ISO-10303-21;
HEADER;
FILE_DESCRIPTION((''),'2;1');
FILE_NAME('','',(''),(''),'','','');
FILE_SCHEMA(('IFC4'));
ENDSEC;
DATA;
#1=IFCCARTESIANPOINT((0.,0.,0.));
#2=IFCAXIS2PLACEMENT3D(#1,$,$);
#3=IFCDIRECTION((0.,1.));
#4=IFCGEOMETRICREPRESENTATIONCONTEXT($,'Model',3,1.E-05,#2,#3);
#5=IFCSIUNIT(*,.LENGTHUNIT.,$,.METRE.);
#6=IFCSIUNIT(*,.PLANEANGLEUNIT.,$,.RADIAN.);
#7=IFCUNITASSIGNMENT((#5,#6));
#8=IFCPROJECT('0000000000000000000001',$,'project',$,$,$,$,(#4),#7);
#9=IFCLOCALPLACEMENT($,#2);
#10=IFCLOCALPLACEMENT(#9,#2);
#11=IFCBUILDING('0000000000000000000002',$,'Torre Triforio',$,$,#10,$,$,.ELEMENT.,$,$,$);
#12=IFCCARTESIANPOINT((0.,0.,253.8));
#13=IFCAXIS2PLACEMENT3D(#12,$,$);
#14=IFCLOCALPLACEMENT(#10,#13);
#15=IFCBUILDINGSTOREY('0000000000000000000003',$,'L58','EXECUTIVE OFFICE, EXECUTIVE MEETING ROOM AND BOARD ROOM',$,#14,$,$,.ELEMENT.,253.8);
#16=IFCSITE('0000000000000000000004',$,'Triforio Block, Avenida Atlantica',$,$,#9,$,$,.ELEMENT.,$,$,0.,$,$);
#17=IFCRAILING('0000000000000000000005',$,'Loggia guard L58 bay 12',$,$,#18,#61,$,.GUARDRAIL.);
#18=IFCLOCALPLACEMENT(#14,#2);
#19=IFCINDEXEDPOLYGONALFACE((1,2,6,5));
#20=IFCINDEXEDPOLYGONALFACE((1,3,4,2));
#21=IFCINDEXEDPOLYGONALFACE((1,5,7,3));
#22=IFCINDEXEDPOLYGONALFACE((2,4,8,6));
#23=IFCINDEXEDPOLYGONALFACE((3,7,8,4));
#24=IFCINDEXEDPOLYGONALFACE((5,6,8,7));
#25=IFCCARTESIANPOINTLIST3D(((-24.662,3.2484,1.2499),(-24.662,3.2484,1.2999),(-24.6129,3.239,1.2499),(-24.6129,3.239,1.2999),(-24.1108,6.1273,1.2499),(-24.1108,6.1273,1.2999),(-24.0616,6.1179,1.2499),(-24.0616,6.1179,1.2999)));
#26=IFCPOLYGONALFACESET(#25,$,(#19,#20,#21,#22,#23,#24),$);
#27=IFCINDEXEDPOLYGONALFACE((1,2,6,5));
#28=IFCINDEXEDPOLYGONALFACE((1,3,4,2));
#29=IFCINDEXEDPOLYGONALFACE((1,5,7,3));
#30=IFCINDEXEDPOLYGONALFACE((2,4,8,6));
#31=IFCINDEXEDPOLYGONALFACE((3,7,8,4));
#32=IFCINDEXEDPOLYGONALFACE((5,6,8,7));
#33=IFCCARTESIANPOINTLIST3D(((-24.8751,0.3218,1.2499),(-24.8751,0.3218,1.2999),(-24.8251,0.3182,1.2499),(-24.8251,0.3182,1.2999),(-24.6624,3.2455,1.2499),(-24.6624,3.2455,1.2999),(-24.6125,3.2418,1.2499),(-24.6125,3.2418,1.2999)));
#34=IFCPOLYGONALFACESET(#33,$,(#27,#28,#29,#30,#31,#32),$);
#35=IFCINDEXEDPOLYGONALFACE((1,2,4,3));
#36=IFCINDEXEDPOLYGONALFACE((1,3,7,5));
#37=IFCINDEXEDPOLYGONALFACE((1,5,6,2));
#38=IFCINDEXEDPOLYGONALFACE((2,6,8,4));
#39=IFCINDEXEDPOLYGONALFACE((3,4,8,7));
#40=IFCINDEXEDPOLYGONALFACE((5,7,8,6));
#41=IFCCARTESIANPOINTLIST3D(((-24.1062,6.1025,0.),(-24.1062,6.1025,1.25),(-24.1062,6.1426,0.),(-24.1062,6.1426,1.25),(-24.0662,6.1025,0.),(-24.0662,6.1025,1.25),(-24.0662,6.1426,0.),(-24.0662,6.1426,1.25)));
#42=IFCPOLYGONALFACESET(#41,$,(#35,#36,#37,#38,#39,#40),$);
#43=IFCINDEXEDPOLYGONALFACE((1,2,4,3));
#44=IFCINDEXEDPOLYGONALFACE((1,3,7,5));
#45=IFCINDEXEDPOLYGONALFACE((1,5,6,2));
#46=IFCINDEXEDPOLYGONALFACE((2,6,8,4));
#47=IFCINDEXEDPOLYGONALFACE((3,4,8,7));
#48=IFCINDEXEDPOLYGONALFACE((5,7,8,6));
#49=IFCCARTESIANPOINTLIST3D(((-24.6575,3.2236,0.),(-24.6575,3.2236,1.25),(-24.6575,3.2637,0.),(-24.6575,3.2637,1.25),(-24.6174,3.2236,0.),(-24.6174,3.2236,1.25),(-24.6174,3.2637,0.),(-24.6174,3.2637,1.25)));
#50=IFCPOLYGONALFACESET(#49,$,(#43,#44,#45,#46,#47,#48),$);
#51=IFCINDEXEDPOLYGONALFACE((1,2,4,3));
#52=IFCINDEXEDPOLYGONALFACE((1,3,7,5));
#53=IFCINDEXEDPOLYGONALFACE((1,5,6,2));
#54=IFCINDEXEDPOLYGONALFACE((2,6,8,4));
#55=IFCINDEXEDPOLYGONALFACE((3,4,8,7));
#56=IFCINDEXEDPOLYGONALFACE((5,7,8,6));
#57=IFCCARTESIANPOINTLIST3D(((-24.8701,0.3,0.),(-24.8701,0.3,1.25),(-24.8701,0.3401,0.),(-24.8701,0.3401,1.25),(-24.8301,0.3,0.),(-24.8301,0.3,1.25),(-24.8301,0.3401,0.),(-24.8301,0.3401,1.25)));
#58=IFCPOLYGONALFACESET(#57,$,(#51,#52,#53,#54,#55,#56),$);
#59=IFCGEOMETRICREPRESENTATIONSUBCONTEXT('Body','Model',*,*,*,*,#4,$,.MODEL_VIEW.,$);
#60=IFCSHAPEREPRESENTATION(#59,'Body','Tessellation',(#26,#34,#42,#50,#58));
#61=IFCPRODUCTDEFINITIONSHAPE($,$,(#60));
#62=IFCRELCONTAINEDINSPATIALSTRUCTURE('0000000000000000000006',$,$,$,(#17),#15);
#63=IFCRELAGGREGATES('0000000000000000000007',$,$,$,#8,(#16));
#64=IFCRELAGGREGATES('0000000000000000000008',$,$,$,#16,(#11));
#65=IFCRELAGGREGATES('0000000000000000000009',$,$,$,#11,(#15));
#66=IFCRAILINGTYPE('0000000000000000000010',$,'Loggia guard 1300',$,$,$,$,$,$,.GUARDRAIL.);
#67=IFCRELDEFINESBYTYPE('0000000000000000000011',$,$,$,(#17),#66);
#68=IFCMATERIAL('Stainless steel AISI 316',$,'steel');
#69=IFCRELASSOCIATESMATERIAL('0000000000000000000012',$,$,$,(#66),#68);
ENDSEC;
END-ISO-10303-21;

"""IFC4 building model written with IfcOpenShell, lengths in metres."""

from ifc_helpers import new_model, si_unit, direction, frame, origin, origin_2d, place, context, subcontext, project, spatial, rectangle, extrude, material, type_object, element, save


model = new_model("IFC4")

# Units and contexts
model_context = context("Model", 3, precision=1e-05, world=origin(), true_north=direction((0.0, 1.0)))
body_context = subcontext(model_context, "Body", "Model", "MODEL_VIEW")
ifc_project = project(units=[si_unit("LENGTHUNIT", "METRE"), si_unit("PLANEANGLEUNIT", "RADIAN")], contexts=[model_context])

# Site, building, storey
site_placement = place(None, origin())
site = spatial("IfcSite", under=ifc_project, at=site_placement, Name="Triforio Block, Avenida Atlantica", CompositionType="ELEMENT", RefElevation=0.0)
building_placement = place(site_placement, origin())
building = spatial("IfcBuilding", under=site, at=building_placement, Name="Torre Triforio", CompositionType="ELEMENT")
storey_placement = place(building_placement, frame((0.0, 0.0, 253.8)))
storey = spatial("IfcBuildingStorey", under=building, at=storey_placement, Name="L58", Description="EXECUTIVE OFFICE, EXECUTIVE MEETING ROOM AND BOARD ROOM", CompositionType="ELEMENT", Elevation=253.8)

# Railing
ifc_material_1 = material(Name="Stainless steel AISI 316", Category="steel")
railing_type = type_object("IfcRailingType", Name="Loggia guard 1300", PredefinedType="GUARDRAIL", material=ifc_material_1)
railing_placement = place(storey_placement, frame((-24.0862, 6.1226, 0.0)))
element("IfcRailing", 1, at=railing_placement, inside=storey, type_object=railing_type, Name="Loggia guard L58 bay 12", PredefinedType="GUARDRAIL", context=body_context, shape_type="SweptSolid", body=[
    extrude(rectangle(XDim=0.05, YDim=0.05, at=origin_2d()), frame((0.0, 0.0, 1.2749), z_axis=(-0.188069, -0.982156, 0.0), x_axis=(0.982156, -0.188069, 0.0)), (0.0, 0.0, 1.0), 2.9312),
    extrude(rectangle(XDim=0.05, YDim=0.05, at=origin_2d()), frame((-0.5513, -2.8789, 1.2749), z_axis=(-0.072543, -0.997365, 0.0), x_axis=(0.997365, -0.072543, 0.0)), (0.0, 0.0, 1.0), 2.9314),
    extrude(rectangle(XDim=0.04, YDim=0.04, at=origin_2d()), origin(), (0.0, 0.0, 1.0), 1.25),
    extrude(rectangle(XDim=0.04, YDim=0.04, at=origin_2d()), frame((-0.5513, -2.8789, 0.0)), (0.0, 0.0, 1.0), 1.25),
    extrude(rectangle(XDim=0.04, YDim=0.04, at=origin_2d()), frame((-0.7639, -5.8025, 0.0)), (0.0, 0.0, 1.0), 1.25),
])

save(model, "model.ifc")
